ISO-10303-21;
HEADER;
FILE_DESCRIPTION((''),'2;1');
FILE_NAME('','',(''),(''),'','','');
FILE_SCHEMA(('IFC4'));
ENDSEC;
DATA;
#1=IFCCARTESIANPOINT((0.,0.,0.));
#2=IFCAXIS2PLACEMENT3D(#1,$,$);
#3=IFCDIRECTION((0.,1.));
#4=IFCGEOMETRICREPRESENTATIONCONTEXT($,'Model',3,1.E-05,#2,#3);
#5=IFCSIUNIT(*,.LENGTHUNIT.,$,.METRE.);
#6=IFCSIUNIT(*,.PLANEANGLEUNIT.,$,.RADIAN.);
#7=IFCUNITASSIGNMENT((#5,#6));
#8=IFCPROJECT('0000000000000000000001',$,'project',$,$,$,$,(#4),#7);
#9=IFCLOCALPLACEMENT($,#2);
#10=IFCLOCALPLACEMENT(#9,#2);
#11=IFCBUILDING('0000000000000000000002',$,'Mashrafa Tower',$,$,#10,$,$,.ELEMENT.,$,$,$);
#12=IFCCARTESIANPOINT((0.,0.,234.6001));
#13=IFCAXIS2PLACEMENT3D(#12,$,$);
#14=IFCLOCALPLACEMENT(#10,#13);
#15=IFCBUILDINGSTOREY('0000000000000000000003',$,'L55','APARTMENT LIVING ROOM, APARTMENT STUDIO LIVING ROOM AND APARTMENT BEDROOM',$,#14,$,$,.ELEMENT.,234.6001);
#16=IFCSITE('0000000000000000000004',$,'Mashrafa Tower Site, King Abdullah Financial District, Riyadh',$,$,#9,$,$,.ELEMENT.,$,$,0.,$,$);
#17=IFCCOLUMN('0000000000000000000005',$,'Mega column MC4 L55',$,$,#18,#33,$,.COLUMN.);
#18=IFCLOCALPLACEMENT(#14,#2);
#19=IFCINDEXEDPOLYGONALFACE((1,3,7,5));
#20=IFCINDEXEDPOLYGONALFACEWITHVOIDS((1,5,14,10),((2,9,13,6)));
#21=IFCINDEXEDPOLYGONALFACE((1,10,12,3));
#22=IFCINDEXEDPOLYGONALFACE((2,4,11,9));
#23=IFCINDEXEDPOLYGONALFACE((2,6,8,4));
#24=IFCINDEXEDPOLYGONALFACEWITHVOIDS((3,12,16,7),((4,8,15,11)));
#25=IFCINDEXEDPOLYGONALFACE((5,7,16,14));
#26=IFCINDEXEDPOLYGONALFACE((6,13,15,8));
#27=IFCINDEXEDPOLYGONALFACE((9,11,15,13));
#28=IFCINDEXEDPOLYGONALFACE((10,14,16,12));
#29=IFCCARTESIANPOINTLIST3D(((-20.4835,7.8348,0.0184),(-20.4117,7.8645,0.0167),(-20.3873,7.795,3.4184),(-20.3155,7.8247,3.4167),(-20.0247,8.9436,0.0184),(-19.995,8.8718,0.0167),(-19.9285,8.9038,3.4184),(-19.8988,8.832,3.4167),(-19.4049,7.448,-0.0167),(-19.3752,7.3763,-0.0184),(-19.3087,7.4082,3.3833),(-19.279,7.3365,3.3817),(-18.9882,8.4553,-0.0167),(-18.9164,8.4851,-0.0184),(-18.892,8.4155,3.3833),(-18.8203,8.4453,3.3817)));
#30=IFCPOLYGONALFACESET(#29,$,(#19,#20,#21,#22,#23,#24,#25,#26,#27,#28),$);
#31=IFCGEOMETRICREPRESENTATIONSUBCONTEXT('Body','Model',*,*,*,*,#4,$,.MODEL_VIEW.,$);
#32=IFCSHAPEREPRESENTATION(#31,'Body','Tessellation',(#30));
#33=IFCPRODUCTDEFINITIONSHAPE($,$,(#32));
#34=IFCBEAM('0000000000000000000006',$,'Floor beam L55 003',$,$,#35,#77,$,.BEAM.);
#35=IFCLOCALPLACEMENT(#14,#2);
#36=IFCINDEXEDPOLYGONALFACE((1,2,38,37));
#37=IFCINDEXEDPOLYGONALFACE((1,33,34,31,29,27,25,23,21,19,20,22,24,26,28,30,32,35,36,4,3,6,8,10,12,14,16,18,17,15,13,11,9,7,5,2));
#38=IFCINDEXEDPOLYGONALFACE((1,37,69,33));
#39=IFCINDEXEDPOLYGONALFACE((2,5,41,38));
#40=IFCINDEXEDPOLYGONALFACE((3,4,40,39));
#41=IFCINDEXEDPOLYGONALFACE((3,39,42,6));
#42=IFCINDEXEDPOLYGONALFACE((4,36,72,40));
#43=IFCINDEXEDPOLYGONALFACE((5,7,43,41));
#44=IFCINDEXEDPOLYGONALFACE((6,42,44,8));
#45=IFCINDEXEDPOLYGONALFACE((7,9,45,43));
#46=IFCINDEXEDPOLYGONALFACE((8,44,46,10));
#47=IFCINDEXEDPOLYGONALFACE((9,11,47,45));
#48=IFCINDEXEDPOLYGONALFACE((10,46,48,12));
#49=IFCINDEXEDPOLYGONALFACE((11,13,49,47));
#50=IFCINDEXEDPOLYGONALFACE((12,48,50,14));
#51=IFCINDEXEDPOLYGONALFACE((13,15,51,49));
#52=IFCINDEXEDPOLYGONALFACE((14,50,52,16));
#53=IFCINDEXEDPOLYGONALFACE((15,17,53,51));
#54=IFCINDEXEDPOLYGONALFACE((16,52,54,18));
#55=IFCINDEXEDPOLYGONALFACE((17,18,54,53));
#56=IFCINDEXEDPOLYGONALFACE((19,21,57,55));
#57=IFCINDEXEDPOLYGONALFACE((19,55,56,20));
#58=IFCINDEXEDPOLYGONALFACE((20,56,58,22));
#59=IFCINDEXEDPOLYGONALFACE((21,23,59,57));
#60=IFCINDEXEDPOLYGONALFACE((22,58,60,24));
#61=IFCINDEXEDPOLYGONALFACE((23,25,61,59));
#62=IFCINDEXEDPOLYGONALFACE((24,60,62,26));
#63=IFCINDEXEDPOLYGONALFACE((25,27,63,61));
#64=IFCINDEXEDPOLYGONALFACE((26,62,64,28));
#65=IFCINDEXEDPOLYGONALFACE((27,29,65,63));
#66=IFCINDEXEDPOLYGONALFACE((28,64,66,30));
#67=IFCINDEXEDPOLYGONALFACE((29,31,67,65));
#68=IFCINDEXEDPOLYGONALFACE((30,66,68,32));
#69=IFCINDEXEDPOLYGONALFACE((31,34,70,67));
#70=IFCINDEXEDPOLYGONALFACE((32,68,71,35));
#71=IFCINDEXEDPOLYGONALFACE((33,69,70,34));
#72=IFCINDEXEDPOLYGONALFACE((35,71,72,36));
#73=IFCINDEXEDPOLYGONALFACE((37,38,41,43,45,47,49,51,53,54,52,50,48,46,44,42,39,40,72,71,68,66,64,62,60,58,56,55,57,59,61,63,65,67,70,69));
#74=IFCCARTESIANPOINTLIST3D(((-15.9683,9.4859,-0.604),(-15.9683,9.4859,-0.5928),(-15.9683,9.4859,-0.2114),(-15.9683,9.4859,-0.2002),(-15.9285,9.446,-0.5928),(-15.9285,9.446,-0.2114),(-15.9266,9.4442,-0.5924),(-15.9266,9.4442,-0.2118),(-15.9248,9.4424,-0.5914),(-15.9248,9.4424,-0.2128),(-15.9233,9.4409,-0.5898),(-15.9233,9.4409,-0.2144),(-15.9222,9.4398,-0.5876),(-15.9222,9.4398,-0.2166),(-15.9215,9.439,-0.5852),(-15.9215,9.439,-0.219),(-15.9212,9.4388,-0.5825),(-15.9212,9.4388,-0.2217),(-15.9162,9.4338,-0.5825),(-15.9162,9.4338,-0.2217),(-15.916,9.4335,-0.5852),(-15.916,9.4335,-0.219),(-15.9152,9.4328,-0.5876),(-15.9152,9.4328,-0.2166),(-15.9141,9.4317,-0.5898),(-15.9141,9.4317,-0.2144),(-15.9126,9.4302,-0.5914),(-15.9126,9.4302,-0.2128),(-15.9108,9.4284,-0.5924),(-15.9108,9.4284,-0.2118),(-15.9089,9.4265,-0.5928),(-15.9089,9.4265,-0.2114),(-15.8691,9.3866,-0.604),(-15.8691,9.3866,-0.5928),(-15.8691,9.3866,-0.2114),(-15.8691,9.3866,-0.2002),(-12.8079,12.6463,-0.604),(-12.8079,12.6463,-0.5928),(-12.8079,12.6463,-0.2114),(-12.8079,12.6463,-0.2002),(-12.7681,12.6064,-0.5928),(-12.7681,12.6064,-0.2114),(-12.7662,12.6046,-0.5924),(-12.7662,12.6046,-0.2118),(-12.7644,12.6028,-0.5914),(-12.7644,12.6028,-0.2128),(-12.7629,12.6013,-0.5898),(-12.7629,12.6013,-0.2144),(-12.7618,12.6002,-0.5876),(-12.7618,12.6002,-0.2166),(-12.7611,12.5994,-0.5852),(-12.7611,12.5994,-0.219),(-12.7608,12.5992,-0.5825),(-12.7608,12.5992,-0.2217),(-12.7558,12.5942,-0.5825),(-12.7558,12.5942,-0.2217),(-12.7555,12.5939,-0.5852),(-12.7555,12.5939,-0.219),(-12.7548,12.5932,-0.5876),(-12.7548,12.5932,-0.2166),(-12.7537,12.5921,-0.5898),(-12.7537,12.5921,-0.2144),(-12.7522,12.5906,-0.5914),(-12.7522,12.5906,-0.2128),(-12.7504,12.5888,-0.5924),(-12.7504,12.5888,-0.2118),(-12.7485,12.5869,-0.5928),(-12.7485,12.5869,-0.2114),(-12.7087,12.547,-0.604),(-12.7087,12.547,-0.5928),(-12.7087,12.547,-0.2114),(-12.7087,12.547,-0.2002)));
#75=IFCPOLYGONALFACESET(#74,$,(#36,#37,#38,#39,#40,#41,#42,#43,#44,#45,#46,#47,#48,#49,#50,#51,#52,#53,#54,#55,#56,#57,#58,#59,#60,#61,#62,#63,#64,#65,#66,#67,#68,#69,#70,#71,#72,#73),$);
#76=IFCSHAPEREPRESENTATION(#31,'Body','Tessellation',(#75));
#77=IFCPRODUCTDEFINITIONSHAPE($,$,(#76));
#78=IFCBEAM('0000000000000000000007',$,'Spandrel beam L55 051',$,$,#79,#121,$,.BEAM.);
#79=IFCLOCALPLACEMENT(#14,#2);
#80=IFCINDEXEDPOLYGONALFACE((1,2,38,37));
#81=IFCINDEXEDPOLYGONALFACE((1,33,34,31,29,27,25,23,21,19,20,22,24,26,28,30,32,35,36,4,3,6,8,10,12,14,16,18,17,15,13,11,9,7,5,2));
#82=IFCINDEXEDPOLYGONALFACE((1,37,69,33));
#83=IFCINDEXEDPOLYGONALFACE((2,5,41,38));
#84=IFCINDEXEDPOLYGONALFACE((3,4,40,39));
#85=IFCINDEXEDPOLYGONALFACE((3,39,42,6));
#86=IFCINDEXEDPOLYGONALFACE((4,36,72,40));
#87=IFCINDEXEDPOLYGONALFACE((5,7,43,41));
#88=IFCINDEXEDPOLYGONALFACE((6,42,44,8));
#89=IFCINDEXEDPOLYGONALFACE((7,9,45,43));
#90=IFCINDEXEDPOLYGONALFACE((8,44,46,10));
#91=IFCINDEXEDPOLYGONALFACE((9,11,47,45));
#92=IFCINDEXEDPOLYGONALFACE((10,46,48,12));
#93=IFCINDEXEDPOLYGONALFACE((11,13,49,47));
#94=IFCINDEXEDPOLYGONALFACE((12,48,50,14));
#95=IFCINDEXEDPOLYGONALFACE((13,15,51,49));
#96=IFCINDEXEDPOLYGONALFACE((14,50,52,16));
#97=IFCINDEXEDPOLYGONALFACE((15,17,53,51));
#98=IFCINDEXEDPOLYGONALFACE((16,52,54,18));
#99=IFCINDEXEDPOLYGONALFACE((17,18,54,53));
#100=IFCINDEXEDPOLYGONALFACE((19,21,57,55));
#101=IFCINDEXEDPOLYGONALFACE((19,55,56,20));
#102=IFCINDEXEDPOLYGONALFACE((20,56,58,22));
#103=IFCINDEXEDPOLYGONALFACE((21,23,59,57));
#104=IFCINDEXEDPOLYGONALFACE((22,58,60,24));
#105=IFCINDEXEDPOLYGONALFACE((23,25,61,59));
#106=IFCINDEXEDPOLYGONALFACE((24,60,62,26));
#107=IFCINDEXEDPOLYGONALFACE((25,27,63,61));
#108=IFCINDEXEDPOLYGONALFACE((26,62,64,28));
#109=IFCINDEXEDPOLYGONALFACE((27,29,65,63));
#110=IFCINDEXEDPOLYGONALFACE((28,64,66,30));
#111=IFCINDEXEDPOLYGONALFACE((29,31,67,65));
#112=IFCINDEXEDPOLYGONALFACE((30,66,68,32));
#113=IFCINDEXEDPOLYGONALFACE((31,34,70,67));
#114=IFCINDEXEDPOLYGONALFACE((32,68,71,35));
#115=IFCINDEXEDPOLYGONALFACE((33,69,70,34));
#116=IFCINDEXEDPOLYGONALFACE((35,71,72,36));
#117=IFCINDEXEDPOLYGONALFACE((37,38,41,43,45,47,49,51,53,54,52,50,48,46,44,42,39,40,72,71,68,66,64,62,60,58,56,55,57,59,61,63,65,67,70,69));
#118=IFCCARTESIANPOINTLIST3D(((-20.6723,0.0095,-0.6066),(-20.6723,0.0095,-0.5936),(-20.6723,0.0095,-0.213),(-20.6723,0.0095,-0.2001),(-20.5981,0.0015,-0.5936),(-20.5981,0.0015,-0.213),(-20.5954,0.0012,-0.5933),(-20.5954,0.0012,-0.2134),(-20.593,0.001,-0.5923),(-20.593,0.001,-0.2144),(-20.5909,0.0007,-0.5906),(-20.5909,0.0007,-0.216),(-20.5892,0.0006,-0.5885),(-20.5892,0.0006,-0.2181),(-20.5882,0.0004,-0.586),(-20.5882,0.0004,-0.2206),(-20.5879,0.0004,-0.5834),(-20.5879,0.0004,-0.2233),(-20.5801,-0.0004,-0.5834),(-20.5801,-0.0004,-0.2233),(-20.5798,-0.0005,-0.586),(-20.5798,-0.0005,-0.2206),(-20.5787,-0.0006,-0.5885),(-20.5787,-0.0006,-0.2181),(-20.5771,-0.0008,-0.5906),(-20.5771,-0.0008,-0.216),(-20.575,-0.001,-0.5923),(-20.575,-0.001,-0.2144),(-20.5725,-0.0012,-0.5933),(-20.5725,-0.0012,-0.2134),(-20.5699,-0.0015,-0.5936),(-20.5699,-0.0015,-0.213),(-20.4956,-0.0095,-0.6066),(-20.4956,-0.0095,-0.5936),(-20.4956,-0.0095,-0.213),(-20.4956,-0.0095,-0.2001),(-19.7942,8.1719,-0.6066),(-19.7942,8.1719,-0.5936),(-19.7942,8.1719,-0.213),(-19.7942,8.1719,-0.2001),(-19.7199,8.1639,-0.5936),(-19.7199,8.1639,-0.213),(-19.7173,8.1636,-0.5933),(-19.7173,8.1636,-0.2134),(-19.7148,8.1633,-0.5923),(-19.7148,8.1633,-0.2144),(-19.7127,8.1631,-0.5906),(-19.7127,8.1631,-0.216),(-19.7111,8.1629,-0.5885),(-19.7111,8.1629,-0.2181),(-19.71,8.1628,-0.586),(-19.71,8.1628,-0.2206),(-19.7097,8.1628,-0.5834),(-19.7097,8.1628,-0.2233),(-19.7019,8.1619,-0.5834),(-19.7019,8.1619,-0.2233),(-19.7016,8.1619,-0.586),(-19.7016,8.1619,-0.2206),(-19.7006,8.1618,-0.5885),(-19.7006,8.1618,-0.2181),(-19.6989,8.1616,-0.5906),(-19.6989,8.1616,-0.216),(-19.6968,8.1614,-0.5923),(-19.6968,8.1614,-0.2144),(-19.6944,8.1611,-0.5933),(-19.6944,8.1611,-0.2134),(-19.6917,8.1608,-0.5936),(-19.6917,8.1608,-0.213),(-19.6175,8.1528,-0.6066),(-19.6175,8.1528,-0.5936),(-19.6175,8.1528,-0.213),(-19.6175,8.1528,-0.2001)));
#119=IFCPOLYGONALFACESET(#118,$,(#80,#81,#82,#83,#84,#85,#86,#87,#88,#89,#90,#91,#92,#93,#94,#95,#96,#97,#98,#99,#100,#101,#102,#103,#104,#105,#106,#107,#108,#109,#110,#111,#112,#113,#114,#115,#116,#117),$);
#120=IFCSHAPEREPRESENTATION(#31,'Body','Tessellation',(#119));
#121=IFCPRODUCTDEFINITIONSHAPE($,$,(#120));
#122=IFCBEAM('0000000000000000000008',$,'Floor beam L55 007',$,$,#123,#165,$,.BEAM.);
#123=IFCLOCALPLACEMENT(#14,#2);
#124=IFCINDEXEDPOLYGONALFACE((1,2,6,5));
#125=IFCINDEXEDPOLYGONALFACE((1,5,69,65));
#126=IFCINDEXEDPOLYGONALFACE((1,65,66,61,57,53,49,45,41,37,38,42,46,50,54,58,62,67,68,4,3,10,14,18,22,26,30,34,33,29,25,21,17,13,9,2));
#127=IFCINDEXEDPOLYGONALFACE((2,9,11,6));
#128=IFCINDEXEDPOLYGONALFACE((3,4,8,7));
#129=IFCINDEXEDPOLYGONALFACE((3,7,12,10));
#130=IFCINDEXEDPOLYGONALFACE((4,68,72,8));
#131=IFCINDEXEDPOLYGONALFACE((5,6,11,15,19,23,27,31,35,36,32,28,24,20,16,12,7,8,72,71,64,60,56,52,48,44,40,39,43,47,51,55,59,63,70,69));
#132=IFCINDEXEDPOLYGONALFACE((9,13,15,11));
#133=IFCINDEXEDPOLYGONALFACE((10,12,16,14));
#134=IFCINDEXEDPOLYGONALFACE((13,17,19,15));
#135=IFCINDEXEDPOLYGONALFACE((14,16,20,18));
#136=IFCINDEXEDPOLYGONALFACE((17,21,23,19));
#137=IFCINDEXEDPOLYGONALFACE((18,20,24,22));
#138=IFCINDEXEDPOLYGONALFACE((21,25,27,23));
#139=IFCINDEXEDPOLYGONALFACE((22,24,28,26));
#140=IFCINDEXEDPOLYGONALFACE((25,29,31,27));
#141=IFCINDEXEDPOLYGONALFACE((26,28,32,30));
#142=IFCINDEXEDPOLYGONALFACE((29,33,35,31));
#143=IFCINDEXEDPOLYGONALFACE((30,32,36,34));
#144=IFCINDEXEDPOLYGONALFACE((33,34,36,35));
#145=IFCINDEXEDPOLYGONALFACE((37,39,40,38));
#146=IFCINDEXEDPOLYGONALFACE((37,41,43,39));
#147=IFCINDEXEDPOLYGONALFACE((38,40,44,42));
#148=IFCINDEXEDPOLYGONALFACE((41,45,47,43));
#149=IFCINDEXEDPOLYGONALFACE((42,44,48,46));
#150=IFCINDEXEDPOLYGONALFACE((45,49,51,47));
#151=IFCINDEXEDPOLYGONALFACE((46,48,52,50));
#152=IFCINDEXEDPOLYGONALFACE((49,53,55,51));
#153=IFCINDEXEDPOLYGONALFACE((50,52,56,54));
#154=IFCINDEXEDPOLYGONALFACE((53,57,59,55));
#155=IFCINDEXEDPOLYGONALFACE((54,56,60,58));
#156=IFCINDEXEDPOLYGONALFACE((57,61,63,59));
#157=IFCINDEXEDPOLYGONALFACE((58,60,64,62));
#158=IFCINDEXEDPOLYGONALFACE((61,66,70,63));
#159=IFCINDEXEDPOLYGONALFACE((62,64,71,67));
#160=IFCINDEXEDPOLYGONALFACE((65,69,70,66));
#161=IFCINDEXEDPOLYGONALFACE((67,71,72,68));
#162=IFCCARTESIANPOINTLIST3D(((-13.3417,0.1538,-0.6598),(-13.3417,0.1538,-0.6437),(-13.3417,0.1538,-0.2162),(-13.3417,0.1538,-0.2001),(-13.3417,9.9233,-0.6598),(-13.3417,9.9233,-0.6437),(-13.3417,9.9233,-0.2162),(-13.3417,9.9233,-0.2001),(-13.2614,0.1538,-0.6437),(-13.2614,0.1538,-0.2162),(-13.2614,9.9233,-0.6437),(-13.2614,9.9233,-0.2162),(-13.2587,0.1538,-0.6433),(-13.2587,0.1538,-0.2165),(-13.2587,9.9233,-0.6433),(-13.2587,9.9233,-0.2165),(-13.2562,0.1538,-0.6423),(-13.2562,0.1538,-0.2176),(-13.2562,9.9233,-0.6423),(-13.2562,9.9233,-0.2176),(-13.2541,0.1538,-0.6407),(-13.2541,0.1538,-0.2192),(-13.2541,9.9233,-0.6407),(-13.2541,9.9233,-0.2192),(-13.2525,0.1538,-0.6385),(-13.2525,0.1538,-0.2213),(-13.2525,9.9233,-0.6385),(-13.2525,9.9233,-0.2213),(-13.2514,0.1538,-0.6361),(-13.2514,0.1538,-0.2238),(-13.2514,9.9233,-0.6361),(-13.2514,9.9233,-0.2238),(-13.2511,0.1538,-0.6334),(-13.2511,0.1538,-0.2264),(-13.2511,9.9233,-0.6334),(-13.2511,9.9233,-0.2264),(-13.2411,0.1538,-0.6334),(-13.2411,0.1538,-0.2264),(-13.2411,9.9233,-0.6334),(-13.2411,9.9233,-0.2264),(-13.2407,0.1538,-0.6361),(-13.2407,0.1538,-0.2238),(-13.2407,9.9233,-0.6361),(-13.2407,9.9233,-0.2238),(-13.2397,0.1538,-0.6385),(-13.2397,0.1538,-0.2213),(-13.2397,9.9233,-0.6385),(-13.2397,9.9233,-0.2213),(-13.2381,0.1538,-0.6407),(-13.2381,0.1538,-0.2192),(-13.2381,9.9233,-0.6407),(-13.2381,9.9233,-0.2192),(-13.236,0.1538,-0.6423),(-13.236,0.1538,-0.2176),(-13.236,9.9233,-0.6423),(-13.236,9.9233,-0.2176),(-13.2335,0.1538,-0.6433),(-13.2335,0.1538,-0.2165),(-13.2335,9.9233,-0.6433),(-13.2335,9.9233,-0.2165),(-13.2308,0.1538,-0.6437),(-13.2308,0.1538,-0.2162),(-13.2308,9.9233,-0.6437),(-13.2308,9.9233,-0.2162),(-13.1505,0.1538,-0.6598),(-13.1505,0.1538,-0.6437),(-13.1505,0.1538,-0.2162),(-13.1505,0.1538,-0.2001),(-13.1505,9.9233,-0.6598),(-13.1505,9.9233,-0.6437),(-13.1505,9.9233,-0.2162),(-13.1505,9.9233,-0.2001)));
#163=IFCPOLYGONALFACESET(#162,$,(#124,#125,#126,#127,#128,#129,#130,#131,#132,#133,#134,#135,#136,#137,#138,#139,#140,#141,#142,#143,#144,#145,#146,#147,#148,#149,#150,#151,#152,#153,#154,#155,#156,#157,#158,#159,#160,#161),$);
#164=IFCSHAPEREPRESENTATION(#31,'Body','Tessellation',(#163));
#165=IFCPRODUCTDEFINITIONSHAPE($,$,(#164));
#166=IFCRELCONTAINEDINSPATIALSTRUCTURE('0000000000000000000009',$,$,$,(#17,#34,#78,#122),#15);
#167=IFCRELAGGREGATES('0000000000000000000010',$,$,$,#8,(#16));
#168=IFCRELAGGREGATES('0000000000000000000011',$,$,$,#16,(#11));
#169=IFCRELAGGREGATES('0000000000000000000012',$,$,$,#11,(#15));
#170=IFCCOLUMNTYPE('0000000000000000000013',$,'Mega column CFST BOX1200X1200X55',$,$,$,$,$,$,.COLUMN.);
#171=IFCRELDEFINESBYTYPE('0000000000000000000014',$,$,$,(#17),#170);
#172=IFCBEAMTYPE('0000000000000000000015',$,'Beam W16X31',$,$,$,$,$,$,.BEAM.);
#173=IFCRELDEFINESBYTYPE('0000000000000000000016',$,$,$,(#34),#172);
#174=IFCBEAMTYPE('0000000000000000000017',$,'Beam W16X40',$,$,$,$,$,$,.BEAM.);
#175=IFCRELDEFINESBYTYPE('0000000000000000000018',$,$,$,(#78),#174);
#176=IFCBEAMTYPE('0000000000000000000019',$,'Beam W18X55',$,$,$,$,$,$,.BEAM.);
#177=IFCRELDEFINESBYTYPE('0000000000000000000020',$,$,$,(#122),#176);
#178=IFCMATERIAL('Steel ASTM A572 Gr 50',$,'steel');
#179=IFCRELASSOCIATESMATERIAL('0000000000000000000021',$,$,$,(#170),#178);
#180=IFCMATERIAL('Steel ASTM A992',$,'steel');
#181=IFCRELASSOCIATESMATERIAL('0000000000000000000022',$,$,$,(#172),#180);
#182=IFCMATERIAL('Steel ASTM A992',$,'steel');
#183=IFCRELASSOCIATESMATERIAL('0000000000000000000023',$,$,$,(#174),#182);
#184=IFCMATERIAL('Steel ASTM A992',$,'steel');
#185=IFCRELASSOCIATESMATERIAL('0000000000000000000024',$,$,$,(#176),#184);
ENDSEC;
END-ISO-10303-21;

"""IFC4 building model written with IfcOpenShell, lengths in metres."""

from ifc_helpers import new_model, si_unit, direction, frame, origin, origin_2d, place, context, subcontext, project, spatial, hollow_rectangle, i_section, extrude, material, material_profile, profile_set, type_object, element, save


model = new_model("IFC4")

# Units and contexts
model_context = context("Model", 3, precision=1e-05, world=origin(), true_north=direction((0.0, 1.0)))
body_context = subcontext(model_context, "Body", "Model", "MODEL_VIEW")
ifc_project = project(units=[si_unit("LENGTHUNIT", "METRE"), si_unit("PLANEANGLEUNIT", "RADIAN")], contexts=[model_context])

# Site, building, storey
site_placement = place(None, origin())
site = spatial("IfcSite", under=ifc_project, at=site_placement, Name="Mashrafa Tower Site, King Abdullah Financial District, Riyadh", CompositionType="ELEMENT", RefElevation=0.0)
building_placement = place(site_placement, origin())
building = spatial("IfcBuilding", under=site, at=building_placement, Name="Mashrafa Tower", CompositionType="ELEMENT")
storey_placement = place(building_placement, frame((0.0, 0.0, 234.6001)))
storey = spatial("IfcBuildingStorey", under=building, at=storey_placement, Name="L55", Description="APARTMENT LIVING ROOM, APARTMENT STUDIO LIVING ROOM AND APARTMENT BEDROOM", CompositionType="ELEMENT", Elevation=234.6001)

# Column
ifc_material_1 = material(Name="Steel ASTM A572 Gr 50", Category="steel")
ifc_material_profile_1 = material_profile(ifc_material_1, hollow_rectangle(XDim=1.2, YDim=1.2, WallThickness=0.0549, at=origin_2d()), Name="BOX1200X1200X55")
ifc_profile_set_1 = profile_set([ifc_material_profile_1], Name="Steel ASTM A572 Gr 50")
column_type = type_object("IfcColumnType", Name="Mega column CFST BOX1200X1200X55", PredefinedType="COLUMN", material=ifc_profile_set_1)
column_placement = place(storey_placement, frame((-19.7, 8.1599, 0.0), z_axis=(0.028279, -0.011699, 0.999532), x_axis=(0.382283, 0.924045, 0.0)))
element("IfcColumn", 1, at=column_placement, inside=storey, type_object=column_type, Name="Mega column MC4 L55", PredefinedType="COLUMN", context=body_context, shape_type="SweptSolid", body=[
    extrude(hollow_rectangle(XDim=1.2, YDim=1.2, WallThickness=0.0549, at=origin_2d()), origin(), (0.0, 0.0, 1.0), 3.4016),
])

# Beams
ifc_material_2 = material(Name="Steel ASTM A992", Category="steel")
ifc_material_profile_2 = material_profile(ifc_material_2, i_section(OverallWidth=0.1404, OverallDepth=0.4038, WebThickness=0.0071, FlangeThickness=0.0112, FilletRadius=0.0103, at=origin_2d()), Name="W16X31")
ifc_profile_set_2 = profile_set([ifc_material_profile_2], Name="Steel ASTM A992")
beam_type_1 = type_object("IfcBeamType", Name="Beam W16X31", PredefinedType="BEAM", material=ifc_profile_set_2)
beam_1_placement = place(storey_placement, frame((-15.9187, 9.4363, -0.4021), z_axis=(0.707107, 0.707107, 0.0), x_axis=(-0.707107, 0.707107, 0.0)))
element("IfcBeam", 2, at=beam_1_placement, inside=storey, type_object=beam_type_1, Name="Floor beam L55 003", PredefinedType="BEAM", context=body_context, shape_type="SweptSolid", body=[
    extrude(i_section(OverallWidth=0.1404, OverallDepth=0.4038, WebThickness=0.0071, FlangeThickness=0.0112, FilletRadius=0.0103, at=origin_2d()), origin(), (0.0, 0.0, 1.0), 4.4695),
])
ifc_material_3 = material(Name="Steel ASTM A992", Category="steel")
ifc_material_profile_3 = material_profile(ifc_material_3, i_section(OverallWidth=0.1777, OverallDepth=0.4065, WebThickness=0.0078, FlangeThickness=0.0129, FilletRadius=0.0103, at=origin_2d()), Name="W16X40")
ifc_profile_set_3 = profile_set([ifc_material_profile_3], Name="Steel ASTM A992")
beam_type_2 = type_object("IfcBeamType", Name="Beam W16X40", PredefinedType="BEAM", material=ifc_profile_set_3)
beam_2_placement = place(storey_placement, frame((-19.7058, 8.1624, -0.4033), z_axis=(-0.106971, -0.994262, 0.0), x_axis=(0.994262, -0.106971, 0.0)))
element("IfcBeam", 3, at=beam_2_placement, inside=storey, type_object=beam_type_2, Name="Spandrel beam L55 051", PredefinedType="BEAM", context=body_context, shape_type="SweptSolid", body=[
    extrude(i_section(OverallWidth=0.1777, OverallDepth=0.4065, WebThickness=0.0078, FlangeThickness=0.0129, FilletRadius=0.0103, at=origin_2d()), origin(), (0.0, 0.0, 1.0), 8.2095),
])
ifc_material_4 = material(Name="Steel ASTM A992", Category="steel")
ifc_material_profile_4 = material_profile(ifc_material_4, i_section(OverallWidth=0.1912, OverallDepth=0.4597, WebThickness=0.01, FlangeThickness=0.0161, FilletRadius=0.0103, at=origin_2d()), Name="W18X55")
ifc_profile_set_4 = profile_set([ifc_material_profile_4], Name="Steel ASTM A992")
beam_type_3 = type_object("IfcBeamType", Name="Beam W18X55", PredefinedType="BEAM", material=ifc_profile_set_4)
beam_3_placement = place(storey_placement, frame((-13.2461, 0.1538, -0.4299), z_axis=(0.0, 1.0, 0.0), x_axis=(-1.0, 0.0, 0.0)))
element("IfcBeam", 4, at=beam_3_placement, inside=storey, type_object=beam_type_3, Name="Floor beam L55 007", PredefinedType="BEAM", context=body_context, shape_type="SweptSolid", body=[
    extrude(i_section(OverallWidth=0.1912, OverallDepth=0.4597, WebThickness=0.01, FlangeThickness=0.0161, FilletRadius=0.0103, at=origin_2d()), origin(), (0.0, 0.0, 1.0), 9.7695),
])

save(model, "model.ifc")
